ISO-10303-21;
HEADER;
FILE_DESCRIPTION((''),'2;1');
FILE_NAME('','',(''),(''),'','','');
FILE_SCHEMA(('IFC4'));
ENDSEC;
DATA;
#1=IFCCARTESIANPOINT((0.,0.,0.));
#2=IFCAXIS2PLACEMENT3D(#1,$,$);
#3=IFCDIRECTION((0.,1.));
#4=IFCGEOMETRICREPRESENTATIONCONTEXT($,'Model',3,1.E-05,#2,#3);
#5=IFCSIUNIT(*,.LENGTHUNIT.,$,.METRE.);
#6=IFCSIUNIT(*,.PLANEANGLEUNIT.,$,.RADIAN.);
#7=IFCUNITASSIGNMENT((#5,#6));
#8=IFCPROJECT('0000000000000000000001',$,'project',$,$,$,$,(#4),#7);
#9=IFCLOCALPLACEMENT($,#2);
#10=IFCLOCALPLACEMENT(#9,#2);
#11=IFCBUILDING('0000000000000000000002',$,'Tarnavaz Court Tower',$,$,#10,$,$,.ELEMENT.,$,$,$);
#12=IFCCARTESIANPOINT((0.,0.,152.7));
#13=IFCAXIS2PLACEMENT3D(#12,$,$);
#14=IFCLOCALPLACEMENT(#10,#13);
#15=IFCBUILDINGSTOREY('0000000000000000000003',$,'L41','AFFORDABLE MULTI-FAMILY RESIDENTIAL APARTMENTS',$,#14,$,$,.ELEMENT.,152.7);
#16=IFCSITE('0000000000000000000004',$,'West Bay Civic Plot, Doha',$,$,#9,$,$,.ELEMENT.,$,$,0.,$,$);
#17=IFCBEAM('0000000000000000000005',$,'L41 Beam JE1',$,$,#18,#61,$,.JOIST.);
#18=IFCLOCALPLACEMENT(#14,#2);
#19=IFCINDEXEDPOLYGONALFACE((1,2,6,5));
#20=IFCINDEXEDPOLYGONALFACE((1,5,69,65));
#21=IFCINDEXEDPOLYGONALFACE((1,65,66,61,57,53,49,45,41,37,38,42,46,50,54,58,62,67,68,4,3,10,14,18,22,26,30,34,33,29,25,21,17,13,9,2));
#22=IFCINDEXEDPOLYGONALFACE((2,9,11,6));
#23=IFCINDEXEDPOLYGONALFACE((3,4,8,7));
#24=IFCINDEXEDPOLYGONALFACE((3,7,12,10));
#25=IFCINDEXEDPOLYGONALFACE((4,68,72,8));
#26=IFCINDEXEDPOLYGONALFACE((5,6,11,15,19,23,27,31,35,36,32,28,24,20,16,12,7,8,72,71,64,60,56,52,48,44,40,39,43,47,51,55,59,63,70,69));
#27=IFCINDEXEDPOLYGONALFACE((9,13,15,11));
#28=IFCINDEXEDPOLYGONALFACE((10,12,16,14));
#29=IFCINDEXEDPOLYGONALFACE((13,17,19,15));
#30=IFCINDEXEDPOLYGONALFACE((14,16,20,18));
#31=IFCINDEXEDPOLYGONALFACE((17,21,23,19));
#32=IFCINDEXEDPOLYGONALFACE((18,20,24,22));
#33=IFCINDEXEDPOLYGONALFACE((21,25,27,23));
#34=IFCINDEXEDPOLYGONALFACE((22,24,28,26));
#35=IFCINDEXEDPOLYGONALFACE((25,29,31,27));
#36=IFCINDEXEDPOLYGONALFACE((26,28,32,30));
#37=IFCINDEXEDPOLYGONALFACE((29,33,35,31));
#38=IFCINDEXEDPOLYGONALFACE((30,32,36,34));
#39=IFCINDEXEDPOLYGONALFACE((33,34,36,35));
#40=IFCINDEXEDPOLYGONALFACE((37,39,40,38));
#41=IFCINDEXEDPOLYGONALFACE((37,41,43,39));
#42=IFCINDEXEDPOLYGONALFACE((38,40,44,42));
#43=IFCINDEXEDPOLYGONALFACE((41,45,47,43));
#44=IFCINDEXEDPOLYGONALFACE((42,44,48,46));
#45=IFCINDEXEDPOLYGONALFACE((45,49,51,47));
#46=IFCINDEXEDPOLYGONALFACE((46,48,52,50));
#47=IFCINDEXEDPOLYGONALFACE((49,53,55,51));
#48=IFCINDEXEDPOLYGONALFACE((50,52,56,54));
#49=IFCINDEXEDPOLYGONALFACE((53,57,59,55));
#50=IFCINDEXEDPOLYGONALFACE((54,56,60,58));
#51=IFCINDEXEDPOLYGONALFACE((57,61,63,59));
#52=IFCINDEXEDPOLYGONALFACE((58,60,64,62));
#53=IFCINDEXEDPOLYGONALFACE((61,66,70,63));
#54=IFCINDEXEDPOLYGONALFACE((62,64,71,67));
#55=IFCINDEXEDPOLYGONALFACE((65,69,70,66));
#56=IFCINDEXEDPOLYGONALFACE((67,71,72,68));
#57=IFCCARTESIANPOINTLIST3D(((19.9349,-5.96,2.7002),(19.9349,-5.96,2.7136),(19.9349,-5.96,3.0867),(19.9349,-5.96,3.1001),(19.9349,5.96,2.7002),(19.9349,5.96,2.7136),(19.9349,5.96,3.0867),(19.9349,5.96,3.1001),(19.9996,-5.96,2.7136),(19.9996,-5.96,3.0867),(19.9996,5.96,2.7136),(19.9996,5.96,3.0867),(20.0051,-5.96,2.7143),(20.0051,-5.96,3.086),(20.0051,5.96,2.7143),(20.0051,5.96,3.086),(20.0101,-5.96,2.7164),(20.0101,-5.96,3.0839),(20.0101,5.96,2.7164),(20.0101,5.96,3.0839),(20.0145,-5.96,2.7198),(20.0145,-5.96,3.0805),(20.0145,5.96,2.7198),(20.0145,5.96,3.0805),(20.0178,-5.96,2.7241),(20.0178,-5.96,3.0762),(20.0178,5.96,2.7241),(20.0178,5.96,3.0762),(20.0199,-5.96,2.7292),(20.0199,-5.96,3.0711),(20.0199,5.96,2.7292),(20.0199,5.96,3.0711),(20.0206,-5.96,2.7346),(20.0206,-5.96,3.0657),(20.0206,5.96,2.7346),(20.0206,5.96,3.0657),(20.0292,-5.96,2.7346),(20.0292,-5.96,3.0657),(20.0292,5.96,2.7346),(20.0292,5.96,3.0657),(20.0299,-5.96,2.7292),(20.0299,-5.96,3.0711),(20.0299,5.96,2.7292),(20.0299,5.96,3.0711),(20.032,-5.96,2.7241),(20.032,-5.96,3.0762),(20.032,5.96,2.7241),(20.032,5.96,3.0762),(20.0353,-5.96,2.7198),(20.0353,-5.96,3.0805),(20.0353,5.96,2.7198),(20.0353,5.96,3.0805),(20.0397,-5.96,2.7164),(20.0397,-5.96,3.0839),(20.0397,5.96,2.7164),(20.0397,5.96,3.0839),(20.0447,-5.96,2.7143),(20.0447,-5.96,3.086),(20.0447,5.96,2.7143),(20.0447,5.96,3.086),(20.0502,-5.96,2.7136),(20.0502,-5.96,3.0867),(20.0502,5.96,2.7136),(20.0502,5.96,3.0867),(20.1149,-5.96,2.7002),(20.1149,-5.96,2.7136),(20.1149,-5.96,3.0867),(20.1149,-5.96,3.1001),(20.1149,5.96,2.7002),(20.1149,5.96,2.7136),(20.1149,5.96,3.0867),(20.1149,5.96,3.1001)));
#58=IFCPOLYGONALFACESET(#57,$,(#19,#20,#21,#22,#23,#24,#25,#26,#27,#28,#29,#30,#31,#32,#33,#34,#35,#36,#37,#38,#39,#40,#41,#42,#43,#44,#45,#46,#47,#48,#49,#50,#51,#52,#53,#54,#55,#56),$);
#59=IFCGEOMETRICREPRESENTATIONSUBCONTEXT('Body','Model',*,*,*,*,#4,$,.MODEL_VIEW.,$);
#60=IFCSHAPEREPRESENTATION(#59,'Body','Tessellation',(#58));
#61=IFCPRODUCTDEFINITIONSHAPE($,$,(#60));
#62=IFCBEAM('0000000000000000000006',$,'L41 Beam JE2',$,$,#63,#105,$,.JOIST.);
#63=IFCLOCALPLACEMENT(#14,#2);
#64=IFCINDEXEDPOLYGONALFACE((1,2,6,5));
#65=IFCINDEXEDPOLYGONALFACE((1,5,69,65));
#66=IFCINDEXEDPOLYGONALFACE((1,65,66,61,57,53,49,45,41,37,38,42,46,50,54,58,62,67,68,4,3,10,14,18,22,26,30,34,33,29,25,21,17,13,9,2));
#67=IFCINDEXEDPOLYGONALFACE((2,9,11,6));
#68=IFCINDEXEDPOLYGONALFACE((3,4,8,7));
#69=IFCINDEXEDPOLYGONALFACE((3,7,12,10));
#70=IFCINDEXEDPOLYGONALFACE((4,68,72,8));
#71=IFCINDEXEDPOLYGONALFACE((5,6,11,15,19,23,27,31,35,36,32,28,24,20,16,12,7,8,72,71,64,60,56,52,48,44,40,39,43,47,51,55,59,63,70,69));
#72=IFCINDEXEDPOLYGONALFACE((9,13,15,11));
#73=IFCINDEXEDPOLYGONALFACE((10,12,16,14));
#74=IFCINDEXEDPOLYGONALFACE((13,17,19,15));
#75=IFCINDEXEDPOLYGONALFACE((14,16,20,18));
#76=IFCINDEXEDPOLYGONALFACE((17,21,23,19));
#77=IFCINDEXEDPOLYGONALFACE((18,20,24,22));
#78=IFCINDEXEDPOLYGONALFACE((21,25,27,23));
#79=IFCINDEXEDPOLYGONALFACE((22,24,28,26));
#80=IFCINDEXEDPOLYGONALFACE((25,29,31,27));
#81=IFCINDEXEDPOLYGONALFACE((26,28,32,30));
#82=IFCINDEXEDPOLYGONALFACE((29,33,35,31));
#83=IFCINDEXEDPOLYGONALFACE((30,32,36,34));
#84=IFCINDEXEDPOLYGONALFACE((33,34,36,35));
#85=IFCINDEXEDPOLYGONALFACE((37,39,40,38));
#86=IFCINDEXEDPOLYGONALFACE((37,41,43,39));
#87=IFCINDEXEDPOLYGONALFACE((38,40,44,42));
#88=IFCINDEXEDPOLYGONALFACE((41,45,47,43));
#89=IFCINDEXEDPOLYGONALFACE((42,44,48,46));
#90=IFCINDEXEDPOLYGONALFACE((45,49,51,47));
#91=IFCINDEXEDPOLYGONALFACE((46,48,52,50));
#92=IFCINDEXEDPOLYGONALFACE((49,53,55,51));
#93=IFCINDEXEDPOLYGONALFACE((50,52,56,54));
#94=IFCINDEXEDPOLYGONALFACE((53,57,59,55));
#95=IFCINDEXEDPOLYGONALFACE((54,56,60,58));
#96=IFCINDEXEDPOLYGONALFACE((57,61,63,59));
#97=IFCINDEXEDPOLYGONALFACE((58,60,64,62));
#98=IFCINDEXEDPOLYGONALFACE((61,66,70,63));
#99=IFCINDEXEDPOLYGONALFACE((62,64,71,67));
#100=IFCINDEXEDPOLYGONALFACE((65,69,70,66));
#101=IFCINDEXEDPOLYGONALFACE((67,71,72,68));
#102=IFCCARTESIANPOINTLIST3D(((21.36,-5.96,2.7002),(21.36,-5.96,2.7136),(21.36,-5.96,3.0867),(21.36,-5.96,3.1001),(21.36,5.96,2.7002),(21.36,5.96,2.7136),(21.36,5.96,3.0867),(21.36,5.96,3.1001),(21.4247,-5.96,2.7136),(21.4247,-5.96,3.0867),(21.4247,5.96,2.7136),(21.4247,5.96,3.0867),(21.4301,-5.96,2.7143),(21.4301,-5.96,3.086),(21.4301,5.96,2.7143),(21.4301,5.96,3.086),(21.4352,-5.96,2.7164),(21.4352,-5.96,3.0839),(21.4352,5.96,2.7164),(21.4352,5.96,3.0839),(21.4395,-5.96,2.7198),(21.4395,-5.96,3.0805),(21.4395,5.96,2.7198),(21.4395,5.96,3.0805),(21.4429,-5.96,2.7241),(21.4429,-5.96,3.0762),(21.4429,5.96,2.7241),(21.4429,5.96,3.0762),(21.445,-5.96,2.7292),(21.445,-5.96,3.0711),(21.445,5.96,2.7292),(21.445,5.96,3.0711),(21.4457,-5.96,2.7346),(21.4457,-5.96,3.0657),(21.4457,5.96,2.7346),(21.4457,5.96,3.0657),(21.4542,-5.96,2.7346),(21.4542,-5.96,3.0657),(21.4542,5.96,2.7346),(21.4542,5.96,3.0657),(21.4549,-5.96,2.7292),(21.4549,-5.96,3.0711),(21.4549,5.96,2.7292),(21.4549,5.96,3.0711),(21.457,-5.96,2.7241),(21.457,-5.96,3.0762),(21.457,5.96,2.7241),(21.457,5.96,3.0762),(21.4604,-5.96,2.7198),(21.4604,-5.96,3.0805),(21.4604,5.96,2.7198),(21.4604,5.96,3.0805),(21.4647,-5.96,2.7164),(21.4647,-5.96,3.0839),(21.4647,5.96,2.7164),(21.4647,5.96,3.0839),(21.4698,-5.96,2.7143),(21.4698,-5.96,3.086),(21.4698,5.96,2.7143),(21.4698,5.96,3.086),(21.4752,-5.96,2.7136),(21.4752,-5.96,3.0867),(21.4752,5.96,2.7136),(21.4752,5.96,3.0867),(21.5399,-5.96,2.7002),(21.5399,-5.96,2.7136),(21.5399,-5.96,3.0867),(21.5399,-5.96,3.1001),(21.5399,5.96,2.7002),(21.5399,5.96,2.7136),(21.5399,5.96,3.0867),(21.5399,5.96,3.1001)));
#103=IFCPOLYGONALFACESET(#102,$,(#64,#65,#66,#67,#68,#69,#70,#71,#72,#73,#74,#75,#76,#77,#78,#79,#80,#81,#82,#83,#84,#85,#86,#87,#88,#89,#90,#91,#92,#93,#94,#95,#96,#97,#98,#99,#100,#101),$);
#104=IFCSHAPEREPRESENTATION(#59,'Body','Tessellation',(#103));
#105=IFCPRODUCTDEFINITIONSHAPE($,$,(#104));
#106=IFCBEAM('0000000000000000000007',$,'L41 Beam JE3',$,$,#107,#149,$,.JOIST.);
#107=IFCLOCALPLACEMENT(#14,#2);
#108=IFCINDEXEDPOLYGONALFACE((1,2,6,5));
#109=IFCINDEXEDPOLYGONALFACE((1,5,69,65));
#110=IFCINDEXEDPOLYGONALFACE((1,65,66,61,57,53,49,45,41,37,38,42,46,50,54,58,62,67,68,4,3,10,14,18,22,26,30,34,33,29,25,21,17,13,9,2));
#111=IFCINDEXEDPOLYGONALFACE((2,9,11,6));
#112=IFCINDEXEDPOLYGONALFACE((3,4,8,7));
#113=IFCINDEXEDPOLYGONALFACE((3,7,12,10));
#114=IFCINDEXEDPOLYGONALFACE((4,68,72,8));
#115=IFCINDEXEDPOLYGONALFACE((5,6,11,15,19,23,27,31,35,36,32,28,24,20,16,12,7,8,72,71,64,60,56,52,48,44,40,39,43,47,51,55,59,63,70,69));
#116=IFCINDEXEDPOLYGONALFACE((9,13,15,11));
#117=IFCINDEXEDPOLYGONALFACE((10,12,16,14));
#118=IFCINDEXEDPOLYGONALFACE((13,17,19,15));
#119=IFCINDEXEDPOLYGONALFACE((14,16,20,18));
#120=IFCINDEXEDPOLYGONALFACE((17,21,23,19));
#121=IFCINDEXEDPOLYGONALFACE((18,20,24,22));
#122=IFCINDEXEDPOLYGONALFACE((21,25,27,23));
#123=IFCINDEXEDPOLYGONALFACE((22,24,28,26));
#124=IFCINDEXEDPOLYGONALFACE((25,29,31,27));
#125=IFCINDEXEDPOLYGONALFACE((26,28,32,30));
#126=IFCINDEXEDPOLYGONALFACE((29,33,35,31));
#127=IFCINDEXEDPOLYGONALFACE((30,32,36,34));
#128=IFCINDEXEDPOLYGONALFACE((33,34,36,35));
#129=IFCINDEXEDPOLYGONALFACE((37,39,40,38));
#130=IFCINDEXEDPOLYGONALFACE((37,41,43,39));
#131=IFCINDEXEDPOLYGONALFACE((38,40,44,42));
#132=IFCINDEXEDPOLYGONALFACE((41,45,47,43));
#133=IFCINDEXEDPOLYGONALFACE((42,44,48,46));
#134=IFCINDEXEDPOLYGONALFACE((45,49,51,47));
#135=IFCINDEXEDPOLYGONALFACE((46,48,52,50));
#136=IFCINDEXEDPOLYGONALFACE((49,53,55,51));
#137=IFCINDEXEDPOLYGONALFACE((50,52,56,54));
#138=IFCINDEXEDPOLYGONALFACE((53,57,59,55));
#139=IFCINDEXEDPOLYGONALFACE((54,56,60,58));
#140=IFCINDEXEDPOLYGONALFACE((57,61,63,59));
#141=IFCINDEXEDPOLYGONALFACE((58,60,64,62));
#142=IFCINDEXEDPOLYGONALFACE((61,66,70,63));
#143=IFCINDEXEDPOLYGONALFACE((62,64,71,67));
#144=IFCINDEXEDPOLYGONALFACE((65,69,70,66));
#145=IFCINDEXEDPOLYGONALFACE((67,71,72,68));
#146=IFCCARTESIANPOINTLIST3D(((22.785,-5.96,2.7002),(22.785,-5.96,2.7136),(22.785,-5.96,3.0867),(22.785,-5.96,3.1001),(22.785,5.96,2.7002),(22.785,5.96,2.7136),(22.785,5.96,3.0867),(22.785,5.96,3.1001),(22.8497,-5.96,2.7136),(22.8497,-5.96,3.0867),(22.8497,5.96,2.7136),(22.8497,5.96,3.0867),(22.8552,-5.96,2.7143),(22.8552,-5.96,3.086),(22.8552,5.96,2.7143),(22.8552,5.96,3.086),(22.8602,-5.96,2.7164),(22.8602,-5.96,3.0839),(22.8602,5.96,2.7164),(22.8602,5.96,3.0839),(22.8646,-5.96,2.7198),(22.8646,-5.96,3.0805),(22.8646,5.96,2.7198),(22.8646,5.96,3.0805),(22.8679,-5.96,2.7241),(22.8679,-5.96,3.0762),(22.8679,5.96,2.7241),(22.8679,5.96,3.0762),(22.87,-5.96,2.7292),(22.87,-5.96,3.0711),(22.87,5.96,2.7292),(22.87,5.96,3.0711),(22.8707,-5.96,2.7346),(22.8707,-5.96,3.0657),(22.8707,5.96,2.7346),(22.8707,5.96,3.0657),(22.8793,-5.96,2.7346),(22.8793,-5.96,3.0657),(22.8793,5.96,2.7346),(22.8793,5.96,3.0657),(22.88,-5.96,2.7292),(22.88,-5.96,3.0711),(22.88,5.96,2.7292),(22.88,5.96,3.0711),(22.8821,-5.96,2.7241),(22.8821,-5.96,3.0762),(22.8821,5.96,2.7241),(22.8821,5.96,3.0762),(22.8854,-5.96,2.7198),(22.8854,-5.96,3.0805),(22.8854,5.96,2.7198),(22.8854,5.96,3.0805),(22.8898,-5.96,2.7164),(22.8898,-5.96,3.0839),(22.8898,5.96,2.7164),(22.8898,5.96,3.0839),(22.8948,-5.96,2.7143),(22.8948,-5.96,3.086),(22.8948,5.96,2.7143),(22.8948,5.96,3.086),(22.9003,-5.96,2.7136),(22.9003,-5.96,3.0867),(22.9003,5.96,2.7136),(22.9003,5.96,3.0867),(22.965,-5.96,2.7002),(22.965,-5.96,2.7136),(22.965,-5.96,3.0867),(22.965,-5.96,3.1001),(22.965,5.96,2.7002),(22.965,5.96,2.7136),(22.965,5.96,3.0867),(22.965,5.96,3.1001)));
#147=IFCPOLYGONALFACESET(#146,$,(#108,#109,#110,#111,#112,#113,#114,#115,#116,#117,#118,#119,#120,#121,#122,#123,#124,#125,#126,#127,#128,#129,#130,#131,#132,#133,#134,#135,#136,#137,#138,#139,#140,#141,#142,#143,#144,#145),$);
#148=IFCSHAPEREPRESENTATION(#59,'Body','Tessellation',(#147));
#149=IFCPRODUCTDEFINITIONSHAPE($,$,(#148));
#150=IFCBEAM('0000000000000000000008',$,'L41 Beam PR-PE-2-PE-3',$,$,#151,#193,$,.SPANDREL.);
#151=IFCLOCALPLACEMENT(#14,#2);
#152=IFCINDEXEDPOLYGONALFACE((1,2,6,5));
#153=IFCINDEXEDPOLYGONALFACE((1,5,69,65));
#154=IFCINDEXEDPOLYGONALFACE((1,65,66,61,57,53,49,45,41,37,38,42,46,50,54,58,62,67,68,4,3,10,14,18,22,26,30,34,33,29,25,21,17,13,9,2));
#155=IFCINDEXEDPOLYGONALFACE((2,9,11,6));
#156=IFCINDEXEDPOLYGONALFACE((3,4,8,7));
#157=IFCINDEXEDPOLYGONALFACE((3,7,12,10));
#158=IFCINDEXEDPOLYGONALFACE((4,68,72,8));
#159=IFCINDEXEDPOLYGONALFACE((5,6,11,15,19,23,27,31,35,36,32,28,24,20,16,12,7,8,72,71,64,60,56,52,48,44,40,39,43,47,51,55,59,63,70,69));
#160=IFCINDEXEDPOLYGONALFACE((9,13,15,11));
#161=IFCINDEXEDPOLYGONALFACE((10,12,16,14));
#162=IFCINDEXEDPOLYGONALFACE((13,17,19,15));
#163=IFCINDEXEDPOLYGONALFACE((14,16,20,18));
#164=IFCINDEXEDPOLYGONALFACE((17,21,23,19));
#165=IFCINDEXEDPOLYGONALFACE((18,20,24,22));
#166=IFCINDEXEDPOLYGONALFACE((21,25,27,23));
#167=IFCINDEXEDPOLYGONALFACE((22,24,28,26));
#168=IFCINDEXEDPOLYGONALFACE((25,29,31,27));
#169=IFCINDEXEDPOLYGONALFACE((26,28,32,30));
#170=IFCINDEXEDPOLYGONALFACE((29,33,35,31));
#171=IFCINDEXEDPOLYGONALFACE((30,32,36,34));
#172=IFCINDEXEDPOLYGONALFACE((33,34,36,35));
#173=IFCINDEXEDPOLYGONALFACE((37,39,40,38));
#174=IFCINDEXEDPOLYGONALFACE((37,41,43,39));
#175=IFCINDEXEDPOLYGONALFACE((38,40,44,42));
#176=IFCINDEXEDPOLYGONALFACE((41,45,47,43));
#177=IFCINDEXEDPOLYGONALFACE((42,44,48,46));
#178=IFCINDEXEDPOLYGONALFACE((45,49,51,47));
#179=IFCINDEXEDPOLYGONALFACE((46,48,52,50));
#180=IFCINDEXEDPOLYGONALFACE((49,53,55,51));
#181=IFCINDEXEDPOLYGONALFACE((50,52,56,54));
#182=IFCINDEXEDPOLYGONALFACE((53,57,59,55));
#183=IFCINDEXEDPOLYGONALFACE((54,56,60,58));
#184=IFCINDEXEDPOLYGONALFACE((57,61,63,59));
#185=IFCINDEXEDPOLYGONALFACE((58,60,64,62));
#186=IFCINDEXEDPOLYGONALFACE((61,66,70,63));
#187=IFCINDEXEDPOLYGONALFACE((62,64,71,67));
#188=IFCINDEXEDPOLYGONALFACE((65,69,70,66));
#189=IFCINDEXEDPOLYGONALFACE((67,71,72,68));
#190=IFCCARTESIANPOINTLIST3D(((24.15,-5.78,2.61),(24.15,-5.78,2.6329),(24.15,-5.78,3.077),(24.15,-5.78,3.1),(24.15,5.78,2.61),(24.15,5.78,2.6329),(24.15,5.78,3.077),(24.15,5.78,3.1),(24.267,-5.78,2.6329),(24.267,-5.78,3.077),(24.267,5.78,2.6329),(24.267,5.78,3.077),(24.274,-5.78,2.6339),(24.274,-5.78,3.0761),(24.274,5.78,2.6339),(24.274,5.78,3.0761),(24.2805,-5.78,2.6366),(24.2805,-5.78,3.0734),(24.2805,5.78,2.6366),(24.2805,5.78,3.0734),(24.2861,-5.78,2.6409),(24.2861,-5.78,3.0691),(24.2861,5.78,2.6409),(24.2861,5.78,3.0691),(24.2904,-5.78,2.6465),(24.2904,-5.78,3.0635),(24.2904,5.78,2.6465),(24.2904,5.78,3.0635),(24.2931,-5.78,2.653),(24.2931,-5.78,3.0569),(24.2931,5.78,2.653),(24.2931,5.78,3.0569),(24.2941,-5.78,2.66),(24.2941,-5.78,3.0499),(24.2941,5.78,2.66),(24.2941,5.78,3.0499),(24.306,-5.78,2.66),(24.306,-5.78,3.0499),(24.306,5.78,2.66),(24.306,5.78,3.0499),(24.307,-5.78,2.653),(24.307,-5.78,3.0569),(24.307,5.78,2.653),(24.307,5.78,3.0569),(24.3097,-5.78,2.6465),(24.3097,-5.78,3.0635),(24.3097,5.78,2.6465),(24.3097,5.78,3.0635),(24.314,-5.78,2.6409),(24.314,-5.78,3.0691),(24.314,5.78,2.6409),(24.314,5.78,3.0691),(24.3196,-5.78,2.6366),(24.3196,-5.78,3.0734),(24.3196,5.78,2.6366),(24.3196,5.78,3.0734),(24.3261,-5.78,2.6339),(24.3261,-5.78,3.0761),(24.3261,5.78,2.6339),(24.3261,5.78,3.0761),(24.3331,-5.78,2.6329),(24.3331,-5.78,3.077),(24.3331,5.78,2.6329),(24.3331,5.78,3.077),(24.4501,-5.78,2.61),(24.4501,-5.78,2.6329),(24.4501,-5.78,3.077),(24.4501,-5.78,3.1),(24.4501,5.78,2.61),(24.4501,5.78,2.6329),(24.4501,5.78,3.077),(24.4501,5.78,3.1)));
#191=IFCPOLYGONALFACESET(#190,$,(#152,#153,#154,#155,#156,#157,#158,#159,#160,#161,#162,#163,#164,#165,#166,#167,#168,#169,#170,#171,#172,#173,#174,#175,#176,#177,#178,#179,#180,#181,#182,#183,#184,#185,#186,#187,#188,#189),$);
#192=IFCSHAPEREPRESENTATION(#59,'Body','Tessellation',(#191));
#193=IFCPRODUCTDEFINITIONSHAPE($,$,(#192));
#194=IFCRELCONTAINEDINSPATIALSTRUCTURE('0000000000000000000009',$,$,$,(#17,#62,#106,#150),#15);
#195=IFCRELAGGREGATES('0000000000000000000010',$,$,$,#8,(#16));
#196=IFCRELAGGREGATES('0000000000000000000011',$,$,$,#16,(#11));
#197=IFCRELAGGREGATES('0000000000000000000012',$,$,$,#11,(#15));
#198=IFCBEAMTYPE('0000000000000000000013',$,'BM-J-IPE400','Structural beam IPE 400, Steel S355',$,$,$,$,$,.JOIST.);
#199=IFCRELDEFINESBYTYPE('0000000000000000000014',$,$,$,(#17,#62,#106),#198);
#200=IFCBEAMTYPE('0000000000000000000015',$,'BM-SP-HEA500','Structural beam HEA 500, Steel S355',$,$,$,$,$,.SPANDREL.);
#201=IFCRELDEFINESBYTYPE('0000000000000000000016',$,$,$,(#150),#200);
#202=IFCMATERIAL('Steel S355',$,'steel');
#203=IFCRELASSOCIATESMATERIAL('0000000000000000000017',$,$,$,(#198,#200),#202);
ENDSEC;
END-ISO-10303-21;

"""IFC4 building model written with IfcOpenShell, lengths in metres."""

from ifc_helpers import new_model, si_unit, direction, frame, origin, origin_2d, place, context, subcontext, project, spatial, i_section, extrude, material, material_profile, profile_set, type_object, element, save


model = new_model("IFC4")

# Units and contexts
model_context = context("Model", 3, precision=1e-05, world=origin(), true_north=direction((0.0, 1.0)))
body_context = subcontext(model_context, "Body", "Model", "MODEL_VIEW")
ifc_project = project(units=[si_unit("LENGTHUNIT", "METRE"), si_unit("PLANEANGLEUNIT", "RADIAN")], contexts=[model_context])

# Site, building, storey
site_placement = place(None, origin())
site = spatial("IfcSite", under=ifc_project, at=site_placement, Name="West Bay Civic Plot, Doha", CompositionType="ELEMENT", RefElevation=0.0)
building_placement = place(site_placement, origin())
building = spatial("IfcBuilding", under=site, at=building_placement, Name="Tarnavaz Court Tower", CompositionType="ELEMENT")
storey_placement = place(building_placement, frame((0.0, 0.0, 152.7)))
storey = spatial("IfcBuildingStorey", under=building, at=storey_placement, Name="L41", Description="AFFORDABLE MULTI-FAMILY RESIDENTIAL APARTMENTS", CompositionType="ELEMENT", Elevation=152.7)

# Beams
ifc_material_1 = material(Name="Steel S355", Category="steel")
ifc_material_profile_1 = material_profile(ifc_material_1, i_section(OverallWidth=0.1799, OverallDepth=0.3999, WebThickness=0.0085, FlangeThickness=0.0134, FilletRadius=0.021, at=origin_2d()), Name="IPE 400")
ifc_profile_set_1 = profile_set([ifc_material_profile_1], Name="Steel S355")
beam_type_1 = type_object("IfcBeamType", Name="BM-J-IPE400", Description="Structural beam IPE 400, Steel S355", PredefinedType="JOIST", material=ifc_profile_set_1)
for number, where, z_axis, x_axis, name in (
    (1, (20.0249, -5.96, 2.9001), (0.0, 1.0, 0.0), (-1.0, 0.0, 0.0), "L41 Beam JE1"),
    (2, (21.45, -5.96, 2.9001), (0.0, 1.0, 0.0), (-1.0, 0.0, 0.0), "L41 Beam JE2"),
    (3, (22.875, -5.96, 2.9001), (0.0, 1.0, 0.0), (-1.0, 0.0, 0.0), "L41 Beam JE3"),
):
    element("IfcBeam", number, at=place(storey_placement, frame(where, z_axis=z_axis, x_axis=x_axis)), inside=storey, type_object=beam_type_1, Name=name, PredefinedType="JOIST", context=body_context, shape_type="SweptSolid", body=[
        extrude(i_section(OverallWidth=0.1799, OverallDepth=0.3999, WebThickness=0.0085, FlangeThickness=0.0134, FilletRadius=0.021, at=origin_2d()), origin(), (0.0, 0.0, 1.0), 11.9199),
    ])
ifc_material_profile_2 = material_profile(ifc_material_1, i_section(OverallWidth=0.3, OverallDepth=0.49, WebThickness=0.012, FlangeThickness=0.0229, FilletRadius=0.0271, at=origin_2d()), Name="HEA 500")
ifc_profile_set_2 = profile_set([ifc_material_profile_2], Name="Steel S355")
beam_type_2 = type_object("IfcBeamType", Name="BM-SP-HEA500", Description="Structural beam HEA 500, Steel S355", PredefinedType="SPANDREL", material=ifc_profile_set_2)
beam_1_placement = place(storey_placement, frame((24.3, -5.78, 2.855), z_axis=(0.0, 1.0, 0.0), x_axis=(-1.0, 0.0, 0.0)))
element("IfcBeam", 4, at=beam_1_placement, inside=storey, type_object=beam_type_2, Name="L41 Beam PR-PE-2-PE-3", PredefinedType="SPANDREL", context=body_context, shape_type="SweptSolid", body=[
    extrude(i_section(OverallWidth=0.3, OverallDepth=0.49, WebThickness=0.012, FlangeThickness=0.0229, FilletRadius=0.0271, at=origin_2d()), origin(), (0.0, 0.0, 1.0), 11.5601),
])

save(model, "model.ifc")
